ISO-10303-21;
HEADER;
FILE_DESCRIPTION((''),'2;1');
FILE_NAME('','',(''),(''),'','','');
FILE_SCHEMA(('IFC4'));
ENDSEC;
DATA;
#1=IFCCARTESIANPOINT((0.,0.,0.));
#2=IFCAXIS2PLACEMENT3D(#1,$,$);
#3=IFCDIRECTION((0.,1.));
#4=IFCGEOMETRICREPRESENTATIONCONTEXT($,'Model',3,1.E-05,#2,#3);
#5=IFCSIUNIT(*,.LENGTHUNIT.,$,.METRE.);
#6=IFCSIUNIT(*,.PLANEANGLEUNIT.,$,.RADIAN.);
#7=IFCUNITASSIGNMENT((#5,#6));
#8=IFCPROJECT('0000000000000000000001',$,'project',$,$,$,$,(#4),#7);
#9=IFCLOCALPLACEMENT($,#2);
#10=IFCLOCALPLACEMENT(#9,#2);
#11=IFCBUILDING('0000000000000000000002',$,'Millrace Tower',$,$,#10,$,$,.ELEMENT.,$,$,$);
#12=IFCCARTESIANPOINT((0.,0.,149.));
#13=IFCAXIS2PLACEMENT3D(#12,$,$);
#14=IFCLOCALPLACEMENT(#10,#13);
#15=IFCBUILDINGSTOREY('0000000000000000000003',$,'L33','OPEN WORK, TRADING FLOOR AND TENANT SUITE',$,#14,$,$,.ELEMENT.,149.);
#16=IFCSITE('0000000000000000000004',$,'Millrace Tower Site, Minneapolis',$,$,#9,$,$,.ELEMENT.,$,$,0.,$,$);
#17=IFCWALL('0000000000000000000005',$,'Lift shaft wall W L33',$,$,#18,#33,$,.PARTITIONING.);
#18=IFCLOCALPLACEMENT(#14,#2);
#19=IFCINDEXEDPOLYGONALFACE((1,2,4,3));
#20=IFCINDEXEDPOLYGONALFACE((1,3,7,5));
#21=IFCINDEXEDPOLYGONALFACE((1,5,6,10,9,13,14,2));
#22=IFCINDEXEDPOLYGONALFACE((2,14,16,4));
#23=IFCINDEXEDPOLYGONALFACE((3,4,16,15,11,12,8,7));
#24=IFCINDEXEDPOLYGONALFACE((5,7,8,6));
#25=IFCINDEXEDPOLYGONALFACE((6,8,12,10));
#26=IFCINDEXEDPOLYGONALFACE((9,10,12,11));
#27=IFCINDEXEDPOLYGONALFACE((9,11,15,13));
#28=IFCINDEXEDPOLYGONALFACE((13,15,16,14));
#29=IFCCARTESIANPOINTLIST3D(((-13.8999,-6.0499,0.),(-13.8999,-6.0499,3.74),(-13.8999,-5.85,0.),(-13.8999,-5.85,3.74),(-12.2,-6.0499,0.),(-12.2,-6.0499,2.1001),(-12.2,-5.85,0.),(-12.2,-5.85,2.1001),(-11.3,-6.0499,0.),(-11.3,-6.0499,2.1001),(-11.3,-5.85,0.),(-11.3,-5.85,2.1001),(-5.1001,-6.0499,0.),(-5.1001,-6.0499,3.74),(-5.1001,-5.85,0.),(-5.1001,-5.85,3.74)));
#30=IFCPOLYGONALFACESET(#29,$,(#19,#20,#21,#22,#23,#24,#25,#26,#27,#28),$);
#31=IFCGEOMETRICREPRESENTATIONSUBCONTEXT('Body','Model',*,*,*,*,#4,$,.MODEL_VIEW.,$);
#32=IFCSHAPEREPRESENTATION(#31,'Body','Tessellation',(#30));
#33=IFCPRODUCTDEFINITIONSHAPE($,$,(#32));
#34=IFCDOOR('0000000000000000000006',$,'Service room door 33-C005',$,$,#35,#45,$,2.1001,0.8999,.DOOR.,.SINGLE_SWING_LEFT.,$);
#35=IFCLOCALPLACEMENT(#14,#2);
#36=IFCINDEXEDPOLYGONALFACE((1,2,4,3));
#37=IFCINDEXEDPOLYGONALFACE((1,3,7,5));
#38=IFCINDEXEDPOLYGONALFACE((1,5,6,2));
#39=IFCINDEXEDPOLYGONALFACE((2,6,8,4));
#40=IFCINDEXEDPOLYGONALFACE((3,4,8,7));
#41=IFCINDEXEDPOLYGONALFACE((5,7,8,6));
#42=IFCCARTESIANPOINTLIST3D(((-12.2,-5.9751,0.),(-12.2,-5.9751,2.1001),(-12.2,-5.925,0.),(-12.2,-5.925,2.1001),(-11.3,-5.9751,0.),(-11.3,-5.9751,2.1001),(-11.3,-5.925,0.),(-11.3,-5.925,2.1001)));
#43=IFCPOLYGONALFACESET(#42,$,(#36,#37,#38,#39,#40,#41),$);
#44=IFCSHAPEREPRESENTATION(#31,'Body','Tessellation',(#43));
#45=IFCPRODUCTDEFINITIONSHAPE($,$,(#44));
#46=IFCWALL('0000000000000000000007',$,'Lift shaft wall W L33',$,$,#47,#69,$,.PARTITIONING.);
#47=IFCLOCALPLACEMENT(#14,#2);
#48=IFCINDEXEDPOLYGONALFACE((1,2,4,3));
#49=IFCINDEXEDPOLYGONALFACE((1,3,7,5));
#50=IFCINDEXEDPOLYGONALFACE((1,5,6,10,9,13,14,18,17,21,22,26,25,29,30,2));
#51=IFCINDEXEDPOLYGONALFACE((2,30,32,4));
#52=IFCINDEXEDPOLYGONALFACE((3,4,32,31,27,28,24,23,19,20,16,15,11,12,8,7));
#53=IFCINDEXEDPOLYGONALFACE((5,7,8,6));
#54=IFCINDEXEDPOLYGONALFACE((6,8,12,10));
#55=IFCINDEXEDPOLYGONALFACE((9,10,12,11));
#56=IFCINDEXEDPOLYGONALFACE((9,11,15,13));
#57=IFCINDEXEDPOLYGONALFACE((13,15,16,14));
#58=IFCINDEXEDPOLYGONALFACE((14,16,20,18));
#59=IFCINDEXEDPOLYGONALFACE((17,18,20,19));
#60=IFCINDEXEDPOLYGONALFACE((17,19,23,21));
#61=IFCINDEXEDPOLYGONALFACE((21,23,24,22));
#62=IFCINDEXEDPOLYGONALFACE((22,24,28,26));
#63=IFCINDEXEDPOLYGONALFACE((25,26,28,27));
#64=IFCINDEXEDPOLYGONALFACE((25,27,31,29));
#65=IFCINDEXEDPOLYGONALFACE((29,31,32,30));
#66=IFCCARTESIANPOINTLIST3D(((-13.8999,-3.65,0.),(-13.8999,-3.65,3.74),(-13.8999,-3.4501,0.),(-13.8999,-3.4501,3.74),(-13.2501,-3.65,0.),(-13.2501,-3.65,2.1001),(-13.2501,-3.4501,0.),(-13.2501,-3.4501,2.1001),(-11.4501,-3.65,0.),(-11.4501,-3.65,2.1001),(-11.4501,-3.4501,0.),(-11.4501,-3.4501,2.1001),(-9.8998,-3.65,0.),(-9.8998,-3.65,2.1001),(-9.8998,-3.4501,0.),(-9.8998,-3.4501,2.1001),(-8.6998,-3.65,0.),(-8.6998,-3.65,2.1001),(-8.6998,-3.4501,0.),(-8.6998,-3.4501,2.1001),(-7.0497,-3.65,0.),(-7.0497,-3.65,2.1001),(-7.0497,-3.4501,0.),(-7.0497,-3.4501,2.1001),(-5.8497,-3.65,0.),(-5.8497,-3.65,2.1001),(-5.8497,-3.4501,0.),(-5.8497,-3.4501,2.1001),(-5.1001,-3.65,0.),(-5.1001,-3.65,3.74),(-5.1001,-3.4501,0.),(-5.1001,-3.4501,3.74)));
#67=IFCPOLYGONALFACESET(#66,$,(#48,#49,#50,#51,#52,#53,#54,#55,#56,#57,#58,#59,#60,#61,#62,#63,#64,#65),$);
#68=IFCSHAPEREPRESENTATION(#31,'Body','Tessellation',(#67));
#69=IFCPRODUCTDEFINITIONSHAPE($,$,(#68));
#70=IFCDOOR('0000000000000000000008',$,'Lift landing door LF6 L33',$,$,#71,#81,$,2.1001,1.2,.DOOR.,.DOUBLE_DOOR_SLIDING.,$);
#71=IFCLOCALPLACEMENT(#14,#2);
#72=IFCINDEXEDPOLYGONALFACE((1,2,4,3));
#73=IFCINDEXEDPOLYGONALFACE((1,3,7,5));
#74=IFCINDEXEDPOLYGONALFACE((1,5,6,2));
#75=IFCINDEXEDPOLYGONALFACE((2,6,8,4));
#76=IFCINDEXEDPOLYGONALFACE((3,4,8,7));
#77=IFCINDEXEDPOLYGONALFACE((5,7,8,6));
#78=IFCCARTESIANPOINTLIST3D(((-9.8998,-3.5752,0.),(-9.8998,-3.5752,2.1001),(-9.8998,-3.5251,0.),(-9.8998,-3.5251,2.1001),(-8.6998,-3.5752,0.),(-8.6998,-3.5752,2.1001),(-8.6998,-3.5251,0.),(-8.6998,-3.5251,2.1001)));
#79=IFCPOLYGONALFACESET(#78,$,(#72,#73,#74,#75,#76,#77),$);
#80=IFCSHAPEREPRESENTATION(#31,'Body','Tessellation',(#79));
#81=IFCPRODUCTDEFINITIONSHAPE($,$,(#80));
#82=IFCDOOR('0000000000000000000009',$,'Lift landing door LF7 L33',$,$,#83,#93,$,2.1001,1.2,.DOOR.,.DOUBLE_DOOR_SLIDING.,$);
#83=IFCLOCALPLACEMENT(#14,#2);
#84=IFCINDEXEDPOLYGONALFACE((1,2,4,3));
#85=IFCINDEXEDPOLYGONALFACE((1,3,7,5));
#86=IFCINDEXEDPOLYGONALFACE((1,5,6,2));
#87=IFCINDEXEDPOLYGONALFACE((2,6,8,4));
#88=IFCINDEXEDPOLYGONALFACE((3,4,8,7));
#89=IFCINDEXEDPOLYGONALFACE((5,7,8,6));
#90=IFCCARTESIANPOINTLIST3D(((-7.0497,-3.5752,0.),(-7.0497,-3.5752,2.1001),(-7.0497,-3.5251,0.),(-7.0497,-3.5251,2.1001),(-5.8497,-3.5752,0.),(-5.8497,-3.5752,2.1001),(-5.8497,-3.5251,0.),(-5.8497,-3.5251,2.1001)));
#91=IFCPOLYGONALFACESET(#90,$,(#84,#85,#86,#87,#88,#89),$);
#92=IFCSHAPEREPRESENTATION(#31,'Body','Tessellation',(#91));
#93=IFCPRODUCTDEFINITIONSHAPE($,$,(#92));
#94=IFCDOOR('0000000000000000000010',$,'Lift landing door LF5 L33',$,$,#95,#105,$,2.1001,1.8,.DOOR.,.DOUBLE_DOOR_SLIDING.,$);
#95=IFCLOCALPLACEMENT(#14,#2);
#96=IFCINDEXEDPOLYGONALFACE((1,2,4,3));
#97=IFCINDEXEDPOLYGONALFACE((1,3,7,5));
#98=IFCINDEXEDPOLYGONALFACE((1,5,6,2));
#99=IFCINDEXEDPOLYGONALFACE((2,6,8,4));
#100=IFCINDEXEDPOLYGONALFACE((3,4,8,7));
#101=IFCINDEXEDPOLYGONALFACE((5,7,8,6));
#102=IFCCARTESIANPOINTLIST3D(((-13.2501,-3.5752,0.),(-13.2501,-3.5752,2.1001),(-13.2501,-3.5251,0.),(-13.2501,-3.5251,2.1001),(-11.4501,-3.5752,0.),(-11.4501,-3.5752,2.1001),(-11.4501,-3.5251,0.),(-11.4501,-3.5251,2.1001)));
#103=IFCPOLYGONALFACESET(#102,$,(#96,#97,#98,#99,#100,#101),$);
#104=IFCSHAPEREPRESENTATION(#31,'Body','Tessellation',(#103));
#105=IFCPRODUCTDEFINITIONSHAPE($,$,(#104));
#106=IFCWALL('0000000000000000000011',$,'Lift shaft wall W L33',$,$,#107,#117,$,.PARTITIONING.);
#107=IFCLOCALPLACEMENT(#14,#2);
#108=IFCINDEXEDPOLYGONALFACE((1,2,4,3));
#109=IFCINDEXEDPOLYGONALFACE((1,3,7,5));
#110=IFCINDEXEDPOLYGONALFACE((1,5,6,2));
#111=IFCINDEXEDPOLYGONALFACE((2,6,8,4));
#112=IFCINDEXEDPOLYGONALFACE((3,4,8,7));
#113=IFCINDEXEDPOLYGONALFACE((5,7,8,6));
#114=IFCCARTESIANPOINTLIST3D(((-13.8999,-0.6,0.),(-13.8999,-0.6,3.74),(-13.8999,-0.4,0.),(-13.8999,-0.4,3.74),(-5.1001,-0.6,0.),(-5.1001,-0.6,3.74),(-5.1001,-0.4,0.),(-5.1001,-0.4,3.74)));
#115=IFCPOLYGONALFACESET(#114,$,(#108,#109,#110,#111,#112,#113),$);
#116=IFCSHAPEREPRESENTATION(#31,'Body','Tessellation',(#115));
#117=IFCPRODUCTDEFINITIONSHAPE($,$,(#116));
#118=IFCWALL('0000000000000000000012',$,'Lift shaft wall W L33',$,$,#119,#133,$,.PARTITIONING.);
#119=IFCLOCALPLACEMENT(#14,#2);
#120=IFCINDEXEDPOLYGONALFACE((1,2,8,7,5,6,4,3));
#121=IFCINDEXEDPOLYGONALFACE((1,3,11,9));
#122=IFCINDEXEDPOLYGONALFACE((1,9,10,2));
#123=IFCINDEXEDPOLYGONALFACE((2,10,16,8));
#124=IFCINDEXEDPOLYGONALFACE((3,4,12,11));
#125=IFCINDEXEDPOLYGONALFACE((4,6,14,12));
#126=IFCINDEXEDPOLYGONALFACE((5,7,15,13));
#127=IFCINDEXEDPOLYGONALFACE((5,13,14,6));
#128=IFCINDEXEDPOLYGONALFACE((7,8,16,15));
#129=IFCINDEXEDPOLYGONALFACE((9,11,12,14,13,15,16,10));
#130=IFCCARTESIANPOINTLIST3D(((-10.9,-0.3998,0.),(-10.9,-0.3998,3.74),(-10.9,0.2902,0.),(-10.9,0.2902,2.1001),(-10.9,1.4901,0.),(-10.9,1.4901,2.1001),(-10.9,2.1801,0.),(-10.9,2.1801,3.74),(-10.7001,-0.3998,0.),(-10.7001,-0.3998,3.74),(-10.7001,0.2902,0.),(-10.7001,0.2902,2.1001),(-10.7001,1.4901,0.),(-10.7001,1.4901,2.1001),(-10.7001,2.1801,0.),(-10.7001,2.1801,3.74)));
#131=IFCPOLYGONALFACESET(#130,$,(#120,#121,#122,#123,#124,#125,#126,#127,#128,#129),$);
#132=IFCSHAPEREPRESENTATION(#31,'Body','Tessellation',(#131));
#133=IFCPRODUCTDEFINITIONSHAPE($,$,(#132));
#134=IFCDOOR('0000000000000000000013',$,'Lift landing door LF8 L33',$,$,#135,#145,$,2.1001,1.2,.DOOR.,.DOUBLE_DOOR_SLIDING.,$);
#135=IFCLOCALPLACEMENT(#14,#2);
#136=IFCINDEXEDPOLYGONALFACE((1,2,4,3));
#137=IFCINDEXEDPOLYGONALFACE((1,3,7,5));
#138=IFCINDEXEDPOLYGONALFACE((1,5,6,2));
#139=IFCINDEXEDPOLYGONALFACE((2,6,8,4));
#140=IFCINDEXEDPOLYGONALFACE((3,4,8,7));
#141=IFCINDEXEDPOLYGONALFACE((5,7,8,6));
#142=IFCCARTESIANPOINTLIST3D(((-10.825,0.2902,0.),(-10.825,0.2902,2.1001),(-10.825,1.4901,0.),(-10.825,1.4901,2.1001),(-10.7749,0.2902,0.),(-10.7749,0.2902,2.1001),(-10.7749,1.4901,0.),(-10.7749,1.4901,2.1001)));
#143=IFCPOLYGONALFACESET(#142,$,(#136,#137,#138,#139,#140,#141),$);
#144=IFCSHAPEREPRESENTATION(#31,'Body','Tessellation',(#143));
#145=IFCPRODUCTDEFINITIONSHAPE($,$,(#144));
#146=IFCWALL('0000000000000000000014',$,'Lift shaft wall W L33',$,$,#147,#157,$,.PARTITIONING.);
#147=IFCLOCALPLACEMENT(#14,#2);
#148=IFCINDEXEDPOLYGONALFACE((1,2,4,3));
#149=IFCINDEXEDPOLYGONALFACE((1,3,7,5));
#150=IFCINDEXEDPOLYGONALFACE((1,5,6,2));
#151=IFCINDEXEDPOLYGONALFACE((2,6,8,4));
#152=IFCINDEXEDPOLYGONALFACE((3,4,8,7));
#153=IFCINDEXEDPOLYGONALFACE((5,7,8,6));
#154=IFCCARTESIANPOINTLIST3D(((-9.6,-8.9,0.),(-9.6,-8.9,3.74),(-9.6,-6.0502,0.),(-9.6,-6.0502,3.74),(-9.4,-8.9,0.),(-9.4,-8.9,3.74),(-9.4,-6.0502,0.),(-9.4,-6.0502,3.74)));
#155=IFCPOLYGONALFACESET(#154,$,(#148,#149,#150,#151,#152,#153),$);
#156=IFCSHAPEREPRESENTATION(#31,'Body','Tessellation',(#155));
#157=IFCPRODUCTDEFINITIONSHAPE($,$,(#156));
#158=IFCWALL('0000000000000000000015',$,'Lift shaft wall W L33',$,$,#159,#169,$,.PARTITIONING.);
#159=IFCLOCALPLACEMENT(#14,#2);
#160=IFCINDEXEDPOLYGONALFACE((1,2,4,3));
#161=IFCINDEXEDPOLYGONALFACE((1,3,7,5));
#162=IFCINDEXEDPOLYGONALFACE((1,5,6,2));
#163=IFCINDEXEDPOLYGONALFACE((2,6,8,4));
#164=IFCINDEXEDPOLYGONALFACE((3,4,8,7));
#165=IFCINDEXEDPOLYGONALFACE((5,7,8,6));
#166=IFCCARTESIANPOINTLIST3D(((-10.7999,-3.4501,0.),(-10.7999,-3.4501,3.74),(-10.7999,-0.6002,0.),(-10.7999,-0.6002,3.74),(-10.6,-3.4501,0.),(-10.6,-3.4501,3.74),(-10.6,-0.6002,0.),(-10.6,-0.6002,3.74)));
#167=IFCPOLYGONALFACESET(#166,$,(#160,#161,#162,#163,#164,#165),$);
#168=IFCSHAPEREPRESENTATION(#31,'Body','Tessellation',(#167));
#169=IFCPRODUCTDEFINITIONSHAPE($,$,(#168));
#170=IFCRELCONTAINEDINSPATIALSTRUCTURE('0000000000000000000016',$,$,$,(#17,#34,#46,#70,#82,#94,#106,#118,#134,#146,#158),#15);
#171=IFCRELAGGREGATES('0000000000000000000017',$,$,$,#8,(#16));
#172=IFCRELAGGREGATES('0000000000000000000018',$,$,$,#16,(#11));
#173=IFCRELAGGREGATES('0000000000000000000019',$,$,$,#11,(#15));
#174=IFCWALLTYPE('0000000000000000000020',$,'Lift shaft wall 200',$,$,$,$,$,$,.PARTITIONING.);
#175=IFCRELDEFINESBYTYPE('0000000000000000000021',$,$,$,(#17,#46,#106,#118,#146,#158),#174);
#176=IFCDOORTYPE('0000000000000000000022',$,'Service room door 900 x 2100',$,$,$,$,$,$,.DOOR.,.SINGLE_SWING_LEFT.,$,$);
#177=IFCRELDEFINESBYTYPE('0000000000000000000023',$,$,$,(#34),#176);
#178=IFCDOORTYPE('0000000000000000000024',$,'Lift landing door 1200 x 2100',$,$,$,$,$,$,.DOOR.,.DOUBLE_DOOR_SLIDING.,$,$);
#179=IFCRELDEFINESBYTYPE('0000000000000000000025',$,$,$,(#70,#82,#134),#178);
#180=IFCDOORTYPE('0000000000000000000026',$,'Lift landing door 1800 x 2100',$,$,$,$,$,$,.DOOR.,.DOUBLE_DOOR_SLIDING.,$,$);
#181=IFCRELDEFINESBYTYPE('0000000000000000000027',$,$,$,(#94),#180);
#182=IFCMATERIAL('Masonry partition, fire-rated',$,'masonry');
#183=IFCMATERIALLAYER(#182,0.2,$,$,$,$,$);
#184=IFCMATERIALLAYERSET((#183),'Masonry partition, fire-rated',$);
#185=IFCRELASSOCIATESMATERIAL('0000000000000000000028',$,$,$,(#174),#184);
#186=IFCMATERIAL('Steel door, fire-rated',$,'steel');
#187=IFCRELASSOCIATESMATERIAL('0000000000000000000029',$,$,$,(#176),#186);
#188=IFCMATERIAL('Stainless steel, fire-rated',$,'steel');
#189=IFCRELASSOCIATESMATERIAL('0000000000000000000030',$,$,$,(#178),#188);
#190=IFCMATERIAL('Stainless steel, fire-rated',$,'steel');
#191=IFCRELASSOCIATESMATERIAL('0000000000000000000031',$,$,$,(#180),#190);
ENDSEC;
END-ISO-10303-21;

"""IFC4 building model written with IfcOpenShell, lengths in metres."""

from ifc_helpers import new_model, si_unit, direction, frame, frame_2d, origin, place, context, subcontext, project, spatial, rectangle, extrude, material, layer, layer_set, type_object, element, fill, save


model = new_model("IFC4")

# Units and contexts
model_context = context("Model", 3, precision=1e-05, world=origin(), true_north=direction((0.0, 1.0)))
body_context = subcontext(model_context, "Body", "Model", "MODEL_VIEW")
ifc_project = project(units=[si_unit("LENGTHUNIT", "METRE"), si_unit("PLANEANGLEUNIT", "RADIAN")], contexts=[model_context])

# Site, building, storey
site_placement = place(None, origin())
site = spatial("IfcSite", under=ifc_project, at=site_placement, Name="Millrace Tower Site, Minneapolis", CompositionType="ELEMENT", RefElevation=0.0)
building_placement = place(site_placement, origin())
building = spatial("IfcBuilding", under=site, at=building_placement, Name="Millrace Tower", CompositionType="ELEMENT")
storey_placement = place(building_placement, frame((0.0, 0.0, 149.0)))
storey = spatial("IfcBuildingStorey", under=building, at=storey_placement, Name="L33", Description="OPEN WORK, TRADING FLOOR AND TENANT SUITE", CompositionType="ELEMENT", Elevation=149.0)

# Wall, opening, door
ifc_material_1 = material(Name="Masonry partition, fire-rated", Category="masonry")
ifc_layer_1 = layer(ifc_material_1, 0.2)
ifc_layer_set_1 = layer_set([ifc_layer_1], Name="Masonry partition, fire-rated")
wall_type_1 = type_object("IfcWallType", Name="Lift shaft wall 200", PredefinedType="PARTITIONING", material=ifc_layer_set_1)
wall_1_placement = place(storey_placement, frame((-13.8999, -5.95, 0.0), z_axis=(0.0, 0.0, 1.0), x_axis=(1.0, 0.0, 0.0)))
wall_1 = element("IfcWall", 1, at=wall_1_placement, inside=storey, type_object=wall_type_1, Name="Lift shaft wall W L33", PredefinedType="PARTITIONING", context=body_context, shape_type="SweptSolid", body=[
    extrude(rectangle(XDim=8.7998, YDim=0.2, at=frame_2d((4.3999, 0.0))), origin(), (0.0, 0.0, 1.0), 3.74),
])
opening_1_placement = place(wall_1_placement, frame((1.7, 0.0, 0.0)))
opening_1 = element("IfcOpeningElement", 2, at=opening_1_placement, cuts=wall_1, PredefinedType="OPENING", context=body_context, shape_type="SweptSolid", body=[
    extrude(rectangle(XDim=0.8999, YDim=2.1001, at=frame_2d((0.45, 1.05))), frame((0.0, 0.1099, 0.0), z_axis=(0.0, -1.0, 0.0), x_axis=(1.0, 0.0, 0.0)), (0.0, 0.0, 1.0), 0.22),
])
ifc_material_2 = material(Name="Steel door, fire-rated", Category="steel")
door_type_1 = type_object("IfcDoorType", Name="Service room door 900 x 2100", OperationType="SINGLE_SWING_LEFT", PredefinedType="DOOR", material=ifc_material_2)
door_1_placement = place(opening_1_placement, origin())
door_1 = element("IfcDoor", 3, at=door_1_placement, inside=storey, type_object=door_type_1, Name="Service room door 33-C005", OperationType="SINGLE_SWING_LEFT", OverallHeight=2.1001, OverallWidth=0.8999, PredefinedType="DOOR", context=body_context, shape_type="SweptSolid", body=[
    extrude(rectangle(XDim=0.8999, YDim=2.1001, at=frame_2d((0.45, 1.05))), frame((0.0, 0.0249, 0.0), z_axis=(0.0, -1.0, 0.0), x_axis=(1.0, 0.0, 0.0)), (0.0, 0.0, 1.0), 0.05),
])
fill(opening_1, door_1)

# Wall, openings, doors
wall_2_placement = place(storey_placement, frame((-13.8999, -3.55, 0.0), z_axis=(0.0, 0.0, 1.0), x_axis=(1.0, 0.0, 0.0)))
wall_2 = element("IfcWall", 4, at=wall_2_placement, inside=storey, type_object=wall_type_1, Name="Lift shaft wall W L33", PredefinedType="PARTITIONING", context=body_context, shape_type="SweptSolid", body=[
    extrude(rectangle(XDim=8.7998, YDim=0.2, at=frame_2d((4.3999, 0.0))), origin(), (0.0, 0.0, 1.0), 3.74),
])
opening_2_placement = place(wall_2_placement, frame((0.6499, 0.0, 0.0)))
opening_2 = element("IfcOpeningElement", 5, at=opening_2_placement, cuts=wall_2, PredefinedType="OPENING", context=body_context, shape_type="SweptSolid", body=[
    extrude(rectangle(XDim=1.8, YDim=2.1001, at=frame_2d((0.8999, 1.05))), frame((0.0, 0.1099, 0.0), z_axis=(0.0, -1.0, 0.0), x_axis=(1.0, 0.0, 0.0)), (0.0, 0.0, 1.0), 0.22),
])
opening_3_placement = place(wall_2_placement, frame((4.0, 0.0, 0.0)))
opening_3 = element("IfcOpeningElement", 6, at=opening_3_placement, cuts=wall_2, PredefinedType="OPENING", context=body_context, shape_type="SweptSolid", body=[
    extrude(rectangle(XDim=1.2, YDim=2.1001, at=frame_2d((0.6001, 1.05))), frame((0.0, 0.1099, 0.0), z_axis=(0.0, -1.0, 0.0), x_axis=(1.0, 0.0, 0.0)), (0.0, 0.0, 1.0), 0.22),
])
opening_4_placement = place(wall_2_placement, frame((6.8501, 0.0, 0.0)))
opening_4 = element("IfcOpeningElement", 7, at=opening_4_placement, cuts=wall_2, PredefinedType="OPENING", context=body_context, shape_type="SweptSolid", body=[
    extrude(rectangle(XDim=1.2, YDim=2.1001, at=frame_2d((0.6001, 1.05))), frame((0.0, 0.1099, 0.0), z_axis=(0.0, -1.0, 0.0), x_axis=(1.0, 0.0, 0.0)), (0.0, 0.0, 1.0), 0.22),
])
ifc_material_3 = material(Name="Stainless steel, fire-rated", Category="steel")
door_type_2 = type_object("IfcDoorType", Name="Lift landing door 1200 x 2100", OperationType="DOUBLE_DOOR_SLIDING", PredefinedType="DOOR", material=ifc_material_3)
door_2_placement = place(opening_3_placement, origin())
door_2 = element("IfcDoor", 8, at=door_2_placement, inside=storey, type_object=door_type_2, Name="Lift landing door LF6 L33", OperationType="DOUBLE_DOOR_SLIDING", OverallHeight=2.1001, OverallWidth=1.2, PredefinedType="DOOR", context=body_context, shape_type="SweptSolid", body=[
    extrude(rectangle(XDim=1.2, YDim=2.1001, at=frame_2d((0.6001, 1.05))), frame((0.0, 0.0249, 0.0), z_axis=(0.0, -1.0, 0.0), x_axis=(1.0, 0.0, 0.0)), (0.0, 0.0, 1.0), 0.05),
])
fill(opening_3, door_2)
door_3_placement = place(opening_4_placement, origin())
door_3 = element("IfcDoor", 9, at=door_3_placement, inside=storey, type_object=door_type_2, Name="Lift landing door LF7 L33", OperationType="DOUBLE_DOOR_SLIDING", OverallHeight=2.1001, OverallWidth=1.2, PredefinedType="DOOR", context=body_context, shape_type="SweptSolid", body=[
    extrude(rectangle(XDim=1.2, YDim=2.1001, at=frame_2d((0.6001, 1.05))), frame((0.0, 0.0249, 0.0), z_axis=(0.0, -1.0, 0.0), x_axis=(1.0, 0.0, 0.0)), (0.0, 0.0, 1.0), 0.05),
])
fill(opening_4, door_3)
ifc_material_4 = material(Name="Stainless steel, fire-rated", Category="steel")
door_type_3 = type_object("IfcDoorType", Name="Lift landing door 1800 x 2100", OperationType="DOUBLE_DOOR_SLIDING", PredefinedType="DOOR", material=ifc_material_4)
door_4_placement = place(opening_2_placement, origin())
door_4 = element("IfcDoor", 10, at=door_4_placement, inside=storey, type_object=door_type_3, Name="Lift landing door LF5 L33", OperationType="DOUBLE_DOOR_SLIDING", OverallHeight=2.1001, OverallWidth=1.8, PredefinedType="DOOR", context=body_context, shape_type="SweptSolid", body=[
    extrude(rectangle(XDim=1.8, YDim=2.1001, at=frame_2d((0.8999, 1.05))), frame((0.0, 0.0249, 0.0), z_axis=(0.0, -1.0, 0.0), x_axis=(1.0, 0.0, 0.0)), (0.0, 0.0, 1.0), 0.05),
])
fill(opening_2, door_4)

# Wall
wall_3_placement = place(storey_placement, frame((-13.8999, -0.5, 0.0), z_axis=(0.0, 0.0, 1.0), x_axis=(1.0, 0.0, 0.0)))
element("IfcWall", 11, at=wall_3_placement, inside=storey, type_object=wall_type_1, Name="Lift shaft wall W L33", PredefinedType="PARTITIONING", context=body_context, shape_type="SweptSolid", body=[
    extrude(rectangle(XDim=8.7998, YDim=0.2, at=frame_2d((4.3999, 0.0))), origin(), (0.0, 0.0, 1.0), 3.74),
])

# Wall, opening, door
wall_4_placement = place(storey_placement, frame((-10.8, -0.3999, 0.0), z_axis=(0.0, 0.0, 1.0), x_axis=(0.0, 1.0, 0.0)))
wall_4 = element("IfcWall", 12, at=wall_4_placement, inside=storey, type_object=wall_type_1, Name="Lift shaft wall W L33", PredefinedType="PARTITIONING", context=body_context, shape_type="SweptSolid", body=[
    extrude(rectangle(XDim=2.5798, YDim=0.2, at=frame_2d((1.29, 0.0))), origin(), (0.0, 0.0, 1.0), 3.74),
])
opening_5_placement = place(wall_4_placement, frame((0.6899, 0.0, 0.0)))
opening_5 = element("IfcOpeningElement", 13, at=opening_5_placement, cuts=wall_4, PredefinedType="OPENING", context=body_context, shape_type="SweptSolid", body=[
    extrude(rectangle(XDim=1.2, YDim=2.1001, at=frame_2d((0.6001, 1.05))), frame((0.0, 0.1099, 0.0), z_axis=(0.0, -1.0, 0.0), x_axis=(1.0, 0.0, 0.0)), (0.0, 0.0, 1.0), 0.22),
])
door_5_placement = place(opening_5_placement, origin())
door_5 = element("IfcDoor", 14, at=door_5_placement, inside=storey, type_object=door_type_2, Name="Lift landing door LF8 L33", OperationType="DOUBLE_DOOR_SLIDING", OverallHeight=2.1001, OverallWidth=1.2, PredefinedType="DOOR", context=body_context, shape_type="SweptSolid", body=[
    extrude(rectangle(XDim=1.2, YDim=2.1001, at=frame_2d((0.6001, 1.05))), frame((0.0, 0.0249, 0.0), z_axis=(0.0, -1.0, 0.0), x_axis=(1.0, 0.0, 0.0)), (0.0, 0.0, 1.0), 0.05),
])
fill(opening_5, door_5)

# Walls
for number, where, z_axis, x_axis, name in (
    (15, (-9.5, -8.8999, 0.0), (0.0, 0.0, 1.0), (0.0, 1.0, 0.0), "Lift shaft wall W L33"),
    (16, (-10.7, -3.45, 0.0), (0.0, 0.0, 1.0), (0.0, 1.0, 0.0), "Lift shaft wall W L33"),
):
    element("IfcWall", number, at=place(storey_placement, frame(where, z_axis=z_axis, x_axis=x_axis)), inside=storey, type_object=wall_type_1, Name=name, PredefinedType="PARTITIONING", context=body_context, shape_type="SweptSolid", body=[
        extrude(rectangle(XDim=2.8499, YDim=0.2, at=frame_2d((1.4248, 0.0))), origin(), (0.0, 0.0, 1.0), 3.74),
    ])

save(model, "model.ifc")
